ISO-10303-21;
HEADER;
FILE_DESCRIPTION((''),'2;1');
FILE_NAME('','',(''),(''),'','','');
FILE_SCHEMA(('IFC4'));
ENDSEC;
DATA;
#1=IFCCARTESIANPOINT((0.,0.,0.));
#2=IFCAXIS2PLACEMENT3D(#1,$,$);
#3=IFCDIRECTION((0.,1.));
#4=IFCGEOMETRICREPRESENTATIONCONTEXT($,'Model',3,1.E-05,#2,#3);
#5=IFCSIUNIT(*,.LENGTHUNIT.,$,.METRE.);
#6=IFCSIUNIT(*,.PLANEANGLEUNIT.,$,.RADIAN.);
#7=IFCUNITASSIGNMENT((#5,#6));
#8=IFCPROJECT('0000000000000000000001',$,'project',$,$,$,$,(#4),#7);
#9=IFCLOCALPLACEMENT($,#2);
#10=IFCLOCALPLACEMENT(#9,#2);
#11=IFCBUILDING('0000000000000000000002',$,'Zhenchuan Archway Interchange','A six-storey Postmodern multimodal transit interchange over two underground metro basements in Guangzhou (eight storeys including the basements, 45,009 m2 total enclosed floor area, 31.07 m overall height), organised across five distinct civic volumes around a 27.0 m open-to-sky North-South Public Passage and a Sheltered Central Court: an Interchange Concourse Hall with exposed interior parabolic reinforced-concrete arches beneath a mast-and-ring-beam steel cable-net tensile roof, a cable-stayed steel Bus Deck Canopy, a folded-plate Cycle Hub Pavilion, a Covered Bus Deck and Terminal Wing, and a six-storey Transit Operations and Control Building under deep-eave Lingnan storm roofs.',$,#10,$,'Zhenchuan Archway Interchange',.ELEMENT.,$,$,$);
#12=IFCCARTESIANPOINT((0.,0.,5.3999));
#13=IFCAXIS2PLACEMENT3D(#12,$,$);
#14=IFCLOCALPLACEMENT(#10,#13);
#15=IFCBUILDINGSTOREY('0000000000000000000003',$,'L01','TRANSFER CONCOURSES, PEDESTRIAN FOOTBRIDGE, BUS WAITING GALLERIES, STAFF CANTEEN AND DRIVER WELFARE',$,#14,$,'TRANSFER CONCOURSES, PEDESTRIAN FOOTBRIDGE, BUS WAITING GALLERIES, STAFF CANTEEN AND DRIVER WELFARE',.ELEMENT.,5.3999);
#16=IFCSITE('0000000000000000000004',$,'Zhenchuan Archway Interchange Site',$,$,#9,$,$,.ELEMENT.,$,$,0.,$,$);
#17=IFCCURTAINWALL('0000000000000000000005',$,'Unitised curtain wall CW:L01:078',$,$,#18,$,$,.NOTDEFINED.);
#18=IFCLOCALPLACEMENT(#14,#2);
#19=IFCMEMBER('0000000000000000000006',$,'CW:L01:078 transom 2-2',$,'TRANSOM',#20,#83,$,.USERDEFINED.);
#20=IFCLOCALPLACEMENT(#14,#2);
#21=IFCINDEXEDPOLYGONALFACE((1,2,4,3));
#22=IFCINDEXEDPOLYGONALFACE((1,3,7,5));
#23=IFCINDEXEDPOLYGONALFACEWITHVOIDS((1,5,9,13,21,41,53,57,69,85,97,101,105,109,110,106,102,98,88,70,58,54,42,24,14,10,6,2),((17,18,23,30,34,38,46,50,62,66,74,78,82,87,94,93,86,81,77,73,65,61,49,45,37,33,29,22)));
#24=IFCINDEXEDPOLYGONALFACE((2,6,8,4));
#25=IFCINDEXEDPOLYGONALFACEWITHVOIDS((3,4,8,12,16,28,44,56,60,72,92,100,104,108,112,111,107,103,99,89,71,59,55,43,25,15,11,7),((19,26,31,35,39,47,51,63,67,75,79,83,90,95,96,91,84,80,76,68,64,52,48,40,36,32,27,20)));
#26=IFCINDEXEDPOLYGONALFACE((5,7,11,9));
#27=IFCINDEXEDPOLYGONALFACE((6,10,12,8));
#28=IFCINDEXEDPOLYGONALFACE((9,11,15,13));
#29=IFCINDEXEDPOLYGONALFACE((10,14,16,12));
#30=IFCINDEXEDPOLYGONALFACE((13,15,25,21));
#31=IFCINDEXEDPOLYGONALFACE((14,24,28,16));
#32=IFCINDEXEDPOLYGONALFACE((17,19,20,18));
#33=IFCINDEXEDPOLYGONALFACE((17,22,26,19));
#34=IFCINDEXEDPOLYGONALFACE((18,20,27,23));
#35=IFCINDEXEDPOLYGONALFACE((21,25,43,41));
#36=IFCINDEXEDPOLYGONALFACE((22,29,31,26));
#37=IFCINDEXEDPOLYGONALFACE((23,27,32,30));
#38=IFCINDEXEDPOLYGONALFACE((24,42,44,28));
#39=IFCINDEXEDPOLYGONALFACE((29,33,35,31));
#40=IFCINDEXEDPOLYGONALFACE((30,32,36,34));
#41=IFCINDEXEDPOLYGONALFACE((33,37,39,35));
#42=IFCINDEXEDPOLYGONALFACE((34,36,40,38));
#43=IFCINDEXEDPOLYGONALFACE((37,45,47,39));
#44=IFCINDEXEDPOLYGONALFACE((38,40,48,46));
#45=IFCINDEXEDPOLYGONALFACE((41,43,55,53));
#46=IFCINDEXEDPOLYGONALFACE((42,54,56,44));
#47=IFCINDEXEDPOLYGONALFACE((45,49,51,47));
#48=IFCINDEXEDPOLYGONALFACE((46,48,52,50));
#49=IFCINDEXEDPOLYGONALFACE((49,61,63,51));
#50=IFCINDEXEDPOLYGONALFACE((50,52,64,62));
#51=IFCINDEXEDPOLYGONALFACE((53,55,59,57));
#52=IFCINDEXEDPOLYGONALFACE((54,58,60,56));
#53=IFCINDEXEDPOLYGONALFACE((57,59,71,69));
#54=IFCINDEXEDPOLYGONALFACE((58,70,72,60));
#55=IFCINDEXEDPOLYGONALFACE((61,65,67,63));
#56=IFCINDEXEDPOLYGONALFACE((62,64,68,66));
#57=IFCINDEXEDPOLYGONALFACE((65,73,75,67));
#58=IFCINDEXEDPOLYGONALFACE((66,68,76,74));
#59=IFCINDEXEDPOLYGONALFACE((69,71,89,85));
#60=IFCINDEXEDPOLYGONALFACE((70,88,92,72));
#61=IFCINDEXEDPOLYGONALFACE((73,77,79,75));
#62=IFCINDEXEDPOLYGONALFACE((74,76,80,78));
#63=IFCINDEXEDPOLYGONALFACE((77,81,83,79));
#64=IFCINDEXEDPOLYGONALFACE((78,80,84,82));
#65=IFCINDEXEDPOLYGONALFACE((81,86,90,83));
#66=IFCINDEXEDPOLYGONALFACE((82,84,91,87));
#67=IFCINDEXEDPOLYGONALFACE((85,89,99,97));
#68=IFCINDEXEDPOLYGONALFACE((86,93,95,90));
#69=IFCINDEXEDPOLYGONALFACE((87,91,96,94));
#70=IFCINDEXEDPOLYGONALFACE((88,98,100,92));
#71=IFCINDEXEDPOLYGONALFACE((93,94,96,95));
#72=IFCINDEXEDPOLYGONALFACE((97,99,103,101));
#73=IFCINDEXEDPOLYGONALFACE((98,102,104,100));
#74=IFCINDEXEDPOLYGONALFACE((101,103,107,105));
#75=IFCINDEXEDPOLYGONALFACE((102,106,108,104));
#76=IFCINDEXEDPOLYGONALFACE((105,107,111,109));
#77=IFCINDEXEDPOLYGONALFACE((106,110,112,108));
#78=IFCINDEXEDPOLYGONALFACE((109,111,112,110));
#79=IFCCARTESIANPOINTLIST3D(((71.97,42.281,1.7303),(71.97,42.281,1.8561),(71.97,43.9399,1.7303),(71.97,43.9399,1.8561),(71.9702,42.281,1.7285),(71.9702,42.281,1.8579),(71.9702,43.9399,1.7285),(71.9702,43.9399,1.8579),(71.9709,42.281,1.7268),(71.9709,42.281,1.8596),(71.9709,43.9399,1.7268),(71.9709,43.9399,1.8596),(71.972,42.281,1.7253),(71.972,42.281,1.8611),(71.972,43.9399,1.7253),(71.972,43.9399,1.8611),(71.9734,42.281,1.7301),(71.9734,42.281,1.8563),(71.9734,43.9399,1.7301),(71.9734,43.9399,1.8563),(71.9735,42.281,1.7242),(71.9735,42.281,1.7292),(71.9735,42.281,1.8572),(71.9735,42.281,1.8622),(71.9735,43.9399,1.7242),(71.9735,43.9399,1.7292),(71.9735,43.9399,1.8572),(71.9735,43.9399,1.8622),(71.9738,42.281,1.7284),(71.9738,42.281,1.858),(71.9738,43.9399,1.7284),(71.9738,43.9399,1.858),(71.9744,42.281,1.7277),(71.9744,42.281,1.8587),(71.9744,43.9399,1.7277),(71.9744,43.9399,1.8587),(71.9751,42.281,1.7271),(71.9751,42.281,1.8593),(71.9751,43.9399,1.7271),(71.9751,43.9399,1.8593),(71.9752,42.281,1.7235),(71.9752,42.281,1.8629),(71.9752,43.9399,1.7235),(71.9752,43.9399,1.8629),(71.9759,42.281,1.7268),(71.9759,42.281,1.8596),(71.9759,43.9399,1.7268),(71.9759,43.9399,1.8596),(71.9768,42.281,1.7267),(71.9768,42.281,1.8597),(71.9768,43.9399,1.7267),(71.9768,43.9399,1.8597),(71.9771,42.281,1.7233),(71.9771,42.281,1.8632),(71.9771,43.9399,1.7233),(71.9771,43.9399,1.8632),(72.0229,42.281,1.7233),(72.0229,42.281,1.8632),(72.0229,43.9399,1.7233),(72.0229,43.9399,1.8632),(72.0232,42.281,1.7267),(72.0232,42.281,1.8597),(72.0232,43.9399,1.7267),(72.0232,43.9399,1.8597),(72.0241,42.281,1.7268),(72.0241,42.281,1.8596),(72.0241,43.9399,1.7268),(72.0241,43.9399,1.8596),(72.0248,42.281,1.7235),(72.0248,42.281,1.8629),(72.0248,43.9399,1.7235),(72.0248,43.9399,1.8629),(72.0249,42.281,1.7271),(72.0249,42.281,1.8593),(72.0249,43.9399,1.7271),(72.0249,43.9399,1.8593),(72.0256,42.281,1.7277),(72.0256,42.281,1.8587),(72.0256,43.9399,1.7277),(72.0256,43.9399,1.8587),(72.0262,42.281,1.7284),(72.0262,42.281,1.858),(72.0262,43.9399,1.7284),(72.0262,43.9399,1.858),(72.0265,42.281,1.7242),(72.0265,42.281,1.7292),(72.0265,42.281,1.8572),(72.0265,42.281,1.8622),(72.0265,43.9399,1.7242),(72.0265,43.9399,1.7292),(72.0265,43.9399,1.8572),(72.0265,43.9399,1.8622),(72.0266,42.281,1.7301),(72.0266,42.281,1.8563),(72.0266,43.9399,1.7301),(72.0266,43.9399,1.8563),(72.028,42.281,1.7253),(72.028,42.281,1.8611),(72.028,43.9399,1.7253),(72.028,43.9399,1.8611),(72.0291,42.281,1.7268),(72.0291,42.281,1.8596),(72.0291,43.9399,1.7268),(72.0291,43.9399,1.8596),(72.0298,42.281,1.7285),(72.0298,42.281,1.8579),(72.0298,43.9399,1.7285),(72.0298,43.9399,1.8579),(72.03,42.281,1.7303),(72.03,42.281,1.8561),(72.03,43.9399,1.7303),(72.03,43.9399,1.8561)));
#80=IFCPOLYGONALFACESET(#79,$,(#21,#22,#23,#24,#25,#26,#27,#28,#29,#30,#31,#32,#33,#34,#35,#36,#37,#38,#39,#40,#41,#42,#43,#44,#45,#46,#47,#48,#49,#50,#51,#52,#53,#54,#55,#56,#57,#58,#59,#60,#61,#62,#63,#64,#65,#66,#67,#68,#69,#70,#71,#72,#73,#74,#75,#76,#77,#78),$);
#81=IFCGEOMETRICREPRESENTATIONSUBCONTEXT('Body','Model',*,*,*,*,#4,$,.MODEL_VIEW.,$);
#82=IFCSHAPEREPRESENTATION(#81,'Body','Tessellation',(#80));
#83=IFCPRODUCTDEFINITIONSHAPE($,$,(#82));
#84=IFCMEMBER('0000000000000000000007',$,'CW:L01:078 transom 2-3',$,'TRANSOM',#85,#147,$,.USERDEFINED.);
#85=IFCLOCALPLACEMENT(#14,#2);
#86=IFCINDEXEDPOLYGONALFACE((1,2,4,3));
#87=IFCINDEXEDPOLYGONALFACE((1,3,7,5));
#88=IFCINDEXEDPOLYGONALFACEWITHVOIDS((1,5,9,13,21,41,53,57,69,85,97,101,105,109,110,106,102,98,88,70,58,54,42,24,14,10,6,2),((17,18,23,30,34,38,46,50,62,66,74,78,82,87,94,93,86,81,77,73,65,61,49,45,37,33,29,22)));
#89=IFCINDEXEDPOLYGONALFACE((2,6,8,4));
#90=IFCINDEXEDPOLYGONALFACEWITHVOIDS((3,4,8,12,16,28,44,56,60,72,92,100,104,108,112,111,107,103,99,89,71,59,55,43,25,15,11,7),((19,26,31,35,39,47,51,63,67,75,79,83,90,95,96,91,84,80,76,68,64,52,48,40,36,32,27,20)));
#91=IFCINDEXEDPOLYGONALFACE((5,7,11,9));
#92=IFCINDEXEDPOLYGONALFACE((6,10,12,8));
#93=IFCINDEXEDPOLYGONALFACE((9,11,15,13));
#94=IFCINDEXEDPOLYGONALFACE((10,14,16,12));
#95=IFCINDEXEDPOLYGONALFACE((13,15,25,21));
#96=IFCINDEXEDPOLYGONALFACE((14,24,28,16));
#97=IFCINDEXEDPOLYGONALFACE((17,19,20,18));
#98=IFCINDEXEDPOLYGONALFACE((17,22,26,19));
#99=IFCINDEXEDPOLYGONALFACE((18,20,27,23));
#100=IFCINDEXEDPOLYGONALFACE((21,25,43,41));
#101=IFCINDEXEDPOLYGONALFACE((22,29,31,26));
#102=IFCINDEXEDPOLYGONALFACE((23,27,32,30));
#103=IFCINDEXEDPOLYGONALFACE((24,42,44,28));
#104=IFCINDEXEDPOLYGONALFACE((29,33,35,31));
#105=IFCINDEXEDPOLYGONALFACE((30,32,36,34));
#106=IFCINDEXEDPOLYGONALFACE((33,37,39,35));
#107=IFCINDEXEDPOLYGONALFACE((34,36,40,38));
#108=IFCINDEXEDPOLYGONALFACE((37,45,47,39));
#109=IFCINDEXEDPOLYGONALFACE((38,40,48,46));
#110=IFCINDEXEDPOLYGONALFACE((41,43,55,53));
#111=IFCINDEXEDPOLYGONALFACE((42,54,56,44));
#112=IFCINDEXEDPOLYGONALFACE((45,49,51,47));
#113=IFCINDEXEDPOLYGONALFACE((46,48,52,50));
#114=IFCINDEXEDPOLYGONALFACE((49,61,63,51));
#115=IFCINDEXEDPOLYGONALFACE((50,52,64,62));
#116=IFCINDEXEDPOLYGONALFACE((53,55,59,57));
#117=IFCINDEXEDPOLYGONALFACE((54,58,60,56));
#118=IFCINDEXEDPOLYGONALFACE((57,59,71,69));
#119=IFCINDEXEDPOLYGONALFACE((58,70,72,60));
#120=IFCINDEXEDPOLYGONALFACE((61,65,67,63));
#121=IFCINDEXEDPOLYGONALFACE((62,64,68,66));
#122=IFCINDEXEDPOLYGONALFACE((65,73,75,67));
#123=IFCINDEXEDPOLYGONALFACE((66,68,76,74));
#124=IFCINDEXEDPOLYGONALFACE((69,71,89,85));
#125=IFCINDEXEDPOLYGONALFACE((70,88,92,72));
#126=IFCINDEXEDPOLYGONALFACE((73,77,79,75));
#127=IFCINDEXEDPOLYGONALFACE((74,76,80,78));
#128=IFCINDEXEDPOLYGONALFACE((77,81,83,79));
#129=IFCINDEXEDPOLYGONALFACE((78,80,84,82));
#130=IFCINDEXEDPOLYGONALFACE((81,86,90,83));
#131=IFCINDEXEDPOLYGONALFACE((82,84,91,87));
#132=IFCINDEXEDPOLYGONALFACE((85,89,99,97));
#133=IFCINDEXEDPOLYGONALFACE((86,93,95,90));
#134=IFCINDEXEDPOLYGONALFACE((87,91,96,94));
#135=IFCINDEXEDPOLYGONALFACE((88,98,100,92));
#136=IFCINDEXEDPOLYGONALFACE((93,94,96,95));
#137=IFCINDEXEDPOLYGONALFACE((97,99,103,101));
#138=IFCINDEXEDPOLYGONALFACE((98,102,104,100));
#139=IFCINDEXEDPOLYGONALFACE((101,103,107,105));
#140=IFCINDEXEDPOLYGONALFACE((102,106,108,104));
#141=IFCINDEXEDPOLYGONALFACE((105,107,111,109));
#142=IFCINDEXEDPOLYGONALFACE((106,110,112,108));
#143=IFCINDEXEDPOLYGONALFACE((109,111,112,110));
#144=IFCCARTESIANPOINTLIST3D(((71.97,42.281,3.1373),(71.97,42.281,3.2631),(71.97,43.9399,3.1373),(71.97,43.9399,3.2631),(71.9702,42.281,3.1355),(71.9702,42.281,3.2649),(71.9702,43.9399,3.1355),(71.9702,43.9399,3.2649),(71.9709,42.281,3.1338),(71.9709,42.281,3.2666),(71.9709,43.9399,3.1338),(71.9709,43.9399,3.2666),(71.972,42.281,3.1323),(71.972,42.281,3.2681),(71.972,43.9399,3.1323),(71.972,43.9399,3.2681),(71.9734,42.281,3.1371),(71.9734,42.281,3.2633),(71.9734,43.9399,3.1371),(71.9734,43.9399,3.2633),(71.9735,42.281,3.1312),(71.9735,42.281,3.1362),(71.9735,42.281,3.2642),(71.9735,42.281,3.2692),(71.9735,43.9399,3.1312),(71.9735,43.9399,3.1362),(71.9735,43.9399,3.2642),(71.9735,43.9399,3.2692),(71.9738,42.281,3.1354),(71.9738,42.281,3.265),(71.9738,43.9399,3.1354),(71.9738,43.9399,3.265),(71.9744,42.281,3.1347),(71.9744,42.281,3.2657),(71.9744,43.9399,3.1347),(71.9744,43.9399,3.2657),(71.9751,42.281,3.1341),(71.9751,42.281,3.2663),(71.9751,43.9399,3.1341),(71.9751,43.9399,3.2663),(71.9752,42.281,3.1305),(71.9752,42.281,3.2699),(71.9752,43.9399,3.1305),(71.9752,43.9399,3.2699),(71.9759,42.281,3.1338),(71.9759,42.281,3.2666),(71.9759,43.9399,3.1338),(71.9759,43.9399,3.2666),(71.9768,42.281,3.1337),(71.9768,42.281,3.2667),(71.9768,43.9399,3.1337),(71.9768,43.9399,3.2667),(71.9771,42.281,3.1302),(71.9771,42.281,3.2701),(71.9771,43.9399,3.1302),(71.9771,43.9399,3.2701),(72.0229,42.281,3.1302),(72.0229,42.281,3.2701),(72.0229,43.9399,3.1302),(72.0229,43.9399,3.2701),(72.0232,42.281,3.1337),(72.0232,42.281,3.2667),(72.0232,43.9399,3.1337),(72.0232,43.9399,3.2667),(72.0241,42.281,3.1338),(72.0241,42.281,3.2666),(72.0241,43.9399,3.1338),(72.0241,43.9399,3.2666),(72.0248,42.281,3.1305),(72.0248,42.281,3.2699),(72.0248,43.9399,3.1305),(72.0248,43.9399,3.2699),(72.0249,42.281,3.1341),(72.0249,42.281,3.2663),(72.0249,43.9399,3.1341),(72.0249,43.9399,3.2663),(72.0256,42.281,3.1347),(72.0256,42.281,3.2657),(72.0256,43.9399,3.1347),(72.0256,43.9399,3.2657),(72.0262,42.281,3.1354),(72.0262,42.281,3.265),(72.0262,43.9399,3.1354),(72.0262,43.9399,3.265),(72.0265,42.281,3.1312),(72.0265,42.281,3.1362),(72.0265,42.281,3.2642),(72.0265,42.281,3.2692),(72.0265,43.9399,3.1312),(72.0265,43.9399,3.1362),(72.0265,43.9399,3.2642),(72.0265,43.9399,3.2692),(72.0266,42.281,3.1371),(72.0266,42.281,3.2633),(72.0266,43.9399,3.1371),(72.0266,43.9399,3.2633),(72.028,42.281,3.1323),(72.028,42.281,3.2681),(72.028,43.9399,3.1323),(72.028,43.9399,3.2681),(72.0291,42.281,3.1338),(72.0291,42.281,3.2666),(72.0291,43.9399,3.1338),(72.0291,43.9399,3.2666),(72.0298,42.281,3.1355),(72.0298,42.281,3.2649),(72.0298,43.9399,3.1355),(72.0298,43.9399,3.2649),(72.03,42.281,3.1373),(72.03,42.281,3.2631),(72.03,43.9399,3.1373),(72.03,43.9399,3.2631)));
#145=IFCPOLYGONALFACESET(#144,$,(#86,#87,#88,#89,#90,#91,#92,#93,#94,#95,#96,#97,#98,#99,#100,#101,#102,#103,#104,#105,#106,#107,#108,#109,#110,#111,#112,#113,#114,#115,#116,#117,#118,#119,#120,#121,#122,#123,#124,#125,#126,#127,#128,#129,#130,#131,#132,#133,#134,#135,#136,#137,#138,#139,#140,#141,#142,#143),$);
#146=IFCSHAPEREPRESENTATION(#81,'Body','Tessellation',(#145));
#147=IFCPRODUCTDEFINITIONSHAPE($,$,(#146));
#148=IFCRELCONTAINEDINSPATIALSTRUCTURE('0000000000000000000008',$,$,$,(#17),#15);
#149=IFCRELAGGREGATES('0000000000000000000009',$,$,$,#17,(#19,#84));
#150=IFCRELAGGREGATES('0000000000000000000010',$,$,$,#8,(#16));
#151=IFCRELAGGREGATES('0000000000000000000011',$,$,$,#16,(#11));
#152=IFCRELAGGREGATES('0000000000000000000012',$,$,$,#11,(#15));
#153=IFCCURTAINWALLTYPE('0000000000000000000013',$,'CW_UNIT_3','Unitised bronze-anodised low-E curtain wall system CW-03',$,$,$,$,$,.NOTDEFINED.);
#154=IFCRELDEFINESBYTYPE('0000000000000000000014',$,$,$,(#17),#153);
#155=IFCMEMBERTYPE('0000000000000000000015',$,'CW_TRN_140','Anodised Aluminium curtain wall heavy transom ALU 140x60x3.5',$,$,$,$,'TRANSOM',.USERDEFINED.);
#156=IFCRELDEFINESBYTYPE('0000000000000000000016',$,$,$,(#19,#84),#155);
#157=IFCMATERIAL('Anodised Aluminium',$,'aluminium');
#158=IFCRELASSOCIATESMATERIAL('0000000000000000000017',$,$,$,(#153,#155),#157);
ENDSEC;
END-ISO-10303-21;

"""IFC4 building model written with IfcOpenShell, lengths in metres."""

from ifc_helpers import new_model, si_unit, direction, frame, origin, origin_2d, place, context, subcontext, project, spatial, hollow_rectangle, extrude, material, material_profile, profile_set, type_object, element, aggregate, save


model = new_model("IFC4")

# Units and contexts
model_context = context("Model", 3, precision=1e-05, world=origin(), true_north=direction((0.0, 1.0)))
body_context = subcontext(model_context, "Body", "Model", "MODEL_VIEW")
ifc_project = project(units=[si_unit("LENGTHUNIT", "METRE"), si_unit("PLANEANGLEUNIT", "RADIAN")], contexts=[model_context])

# Site, building, storey
site_placement = place(None, origin())
site = spatial("IfcSite", under=ifc_project, at=site_placement, Name="Zhenchuan Archway Interchange Site", CompositionType="ELEMENT", RefElevation=0.0)
building_placement = place(site_placement, origin())
building = spatial("IfcBuilding", under=site, at=building_placement, Name="Zhenchuan Archway Interchange", Description="A six-storey Postmodern multimodal transit interchange over two underground metro basements in Guangzhou (eight storeys including the basements, 45,009 m2 total enclosed floor area, 31.07 m overall height), organised across five distinct civic volumes around a 27.0 m open-to-sky North-South Public Passage and a Sheltered Central Court: an Interchange Concourse Hall with exposed interior parabolic reinforced-concrete arches beneath a mast-and-ring-beam steel cable-net tensile roof, a cable-stayed steel Bus Deck Canopy, a folded-plate Cycle Hub Pavilion, a Covered Bus Deck and Terminal Wing, and a six-storey Transit Operations and Control Building under deep-eave Lingnan storm roofs.", LongName="Zhenchuan Archway Interchange", CompositionType="ELEMENT")
storey_placement = place(building_placement, frame((0.0, 0.0, 5.3999)))
storey = spatial("IfcBuildingStorey", under=building, at=storey_placement, Name="L01", Description="TRANSFER CONCOURSES, PEDESTRIAN FOOTBRIDGE, BUS WAITING GALLERIES, STAFF CANTEEN AND DRIVER WELFARE", LongName="TRANSFER CONCOURSES, PEDESTRIAN FOOTBRIDGE, BUS WAITING GALLERIES, STAFF CANTEEN AND DRIVER WELFARE", CompositionType="ELEMENT", Elevation=5.3999)

# Curtain wall, members
ifc_material_1 = material(Name="Anodised Aluminium", Category="aluminium")
curtain_wall_type = type_object("IfcCurtainWallType", Name="CW_UNIT_3", Description="Unitised bronze-anodised low-E curtain wall system CW-03", PredefinedType="NOTDEFINED", material=ifc_material_1)
curtain_wall_placement = place(storey_placement, origin())
curtain_wall = element("IfcCurtainWall", 1, at=curtain_wall_placement, inside=storey, type_object=curtain_wall_type, Name="Unitised curtain wall CW:L01:078", PredefinedType="NOTDEFINED")
ifc_material_profile_1 = material_profile(ifc_material_1, hollow_rectangle(XDim=0.0601, YDim=0.1399, WallThickness=0.0034, InnerFilletRadius=0.0034, OuterFilletRadius=0.0071, at=origin_2d()), Name="ALU 140x60x3.5")
ifc_profile_set_1 = profile_set([ifc_material_profile_1], Name="Anodised Aluminium")
member_type_1 = type_object("IfcMemberType", Name="CW_TRN_140", Description="Anodised Aluminium curtain wall heavy transom ALU 140x60x3.5", ElementType="TRANSOM", PredefinedType="USERDEFINED", material=ifc_profile_set_1)
member_1_placement = place(storey_placement, frame((72.0, 43.9399, 1.7932), z_axis=(0.0, -1.0, 0.0), x_axis=(1.0, 0.0, 0.0)))
member_1 = element("IfcMember", 2, at=member_1_placement, type_object=member_type_1, Name="CW:L01:078 transom 2-2", ObjectType="TRANSOM", PredefinedType="USERDEFINED", context=body_context, shape_type="SweptSolid", body=[
    extrude(hollow_rectangle(XDim=0.0601, YDim=0.1399, WallThickness=0.0034, InnerFilletRadius=0.0034, OuterFilletRadius=0.0071, at=origin_2d()), origin(), (0.0, 0.0, 1.0), 1.6589),
])
member_2_placement = place(storey_placement, frame((72.0, 43.9399, 3.2002), z_axis=(0.0, -1.0, 0.0), x_axis=(1.0, 0.0, 0.0)))
member_2 = element("IfcMember", 3, at=member_2_placement, type_object=member_type_1, Name="CW:L01:078 transom 2-3", ObjectType="TRANSOM", PredefinedType="USERDEFINED", context=body_context, shape_type="SweptSolid", body=[
    extrude(hollow_rectangle(XDim=0.0601, YDim=0.1399, WallThickness=0.0034, InnerFilletRadius=0.0034, OuterFilletRadius=0.0071, at=origin_2d()), origin(), (0.0, 0.0, 1.0), 1.6589),
])

aggregate(curtain_wall, [member_1, member_2])

save(model, "model.ifc")
